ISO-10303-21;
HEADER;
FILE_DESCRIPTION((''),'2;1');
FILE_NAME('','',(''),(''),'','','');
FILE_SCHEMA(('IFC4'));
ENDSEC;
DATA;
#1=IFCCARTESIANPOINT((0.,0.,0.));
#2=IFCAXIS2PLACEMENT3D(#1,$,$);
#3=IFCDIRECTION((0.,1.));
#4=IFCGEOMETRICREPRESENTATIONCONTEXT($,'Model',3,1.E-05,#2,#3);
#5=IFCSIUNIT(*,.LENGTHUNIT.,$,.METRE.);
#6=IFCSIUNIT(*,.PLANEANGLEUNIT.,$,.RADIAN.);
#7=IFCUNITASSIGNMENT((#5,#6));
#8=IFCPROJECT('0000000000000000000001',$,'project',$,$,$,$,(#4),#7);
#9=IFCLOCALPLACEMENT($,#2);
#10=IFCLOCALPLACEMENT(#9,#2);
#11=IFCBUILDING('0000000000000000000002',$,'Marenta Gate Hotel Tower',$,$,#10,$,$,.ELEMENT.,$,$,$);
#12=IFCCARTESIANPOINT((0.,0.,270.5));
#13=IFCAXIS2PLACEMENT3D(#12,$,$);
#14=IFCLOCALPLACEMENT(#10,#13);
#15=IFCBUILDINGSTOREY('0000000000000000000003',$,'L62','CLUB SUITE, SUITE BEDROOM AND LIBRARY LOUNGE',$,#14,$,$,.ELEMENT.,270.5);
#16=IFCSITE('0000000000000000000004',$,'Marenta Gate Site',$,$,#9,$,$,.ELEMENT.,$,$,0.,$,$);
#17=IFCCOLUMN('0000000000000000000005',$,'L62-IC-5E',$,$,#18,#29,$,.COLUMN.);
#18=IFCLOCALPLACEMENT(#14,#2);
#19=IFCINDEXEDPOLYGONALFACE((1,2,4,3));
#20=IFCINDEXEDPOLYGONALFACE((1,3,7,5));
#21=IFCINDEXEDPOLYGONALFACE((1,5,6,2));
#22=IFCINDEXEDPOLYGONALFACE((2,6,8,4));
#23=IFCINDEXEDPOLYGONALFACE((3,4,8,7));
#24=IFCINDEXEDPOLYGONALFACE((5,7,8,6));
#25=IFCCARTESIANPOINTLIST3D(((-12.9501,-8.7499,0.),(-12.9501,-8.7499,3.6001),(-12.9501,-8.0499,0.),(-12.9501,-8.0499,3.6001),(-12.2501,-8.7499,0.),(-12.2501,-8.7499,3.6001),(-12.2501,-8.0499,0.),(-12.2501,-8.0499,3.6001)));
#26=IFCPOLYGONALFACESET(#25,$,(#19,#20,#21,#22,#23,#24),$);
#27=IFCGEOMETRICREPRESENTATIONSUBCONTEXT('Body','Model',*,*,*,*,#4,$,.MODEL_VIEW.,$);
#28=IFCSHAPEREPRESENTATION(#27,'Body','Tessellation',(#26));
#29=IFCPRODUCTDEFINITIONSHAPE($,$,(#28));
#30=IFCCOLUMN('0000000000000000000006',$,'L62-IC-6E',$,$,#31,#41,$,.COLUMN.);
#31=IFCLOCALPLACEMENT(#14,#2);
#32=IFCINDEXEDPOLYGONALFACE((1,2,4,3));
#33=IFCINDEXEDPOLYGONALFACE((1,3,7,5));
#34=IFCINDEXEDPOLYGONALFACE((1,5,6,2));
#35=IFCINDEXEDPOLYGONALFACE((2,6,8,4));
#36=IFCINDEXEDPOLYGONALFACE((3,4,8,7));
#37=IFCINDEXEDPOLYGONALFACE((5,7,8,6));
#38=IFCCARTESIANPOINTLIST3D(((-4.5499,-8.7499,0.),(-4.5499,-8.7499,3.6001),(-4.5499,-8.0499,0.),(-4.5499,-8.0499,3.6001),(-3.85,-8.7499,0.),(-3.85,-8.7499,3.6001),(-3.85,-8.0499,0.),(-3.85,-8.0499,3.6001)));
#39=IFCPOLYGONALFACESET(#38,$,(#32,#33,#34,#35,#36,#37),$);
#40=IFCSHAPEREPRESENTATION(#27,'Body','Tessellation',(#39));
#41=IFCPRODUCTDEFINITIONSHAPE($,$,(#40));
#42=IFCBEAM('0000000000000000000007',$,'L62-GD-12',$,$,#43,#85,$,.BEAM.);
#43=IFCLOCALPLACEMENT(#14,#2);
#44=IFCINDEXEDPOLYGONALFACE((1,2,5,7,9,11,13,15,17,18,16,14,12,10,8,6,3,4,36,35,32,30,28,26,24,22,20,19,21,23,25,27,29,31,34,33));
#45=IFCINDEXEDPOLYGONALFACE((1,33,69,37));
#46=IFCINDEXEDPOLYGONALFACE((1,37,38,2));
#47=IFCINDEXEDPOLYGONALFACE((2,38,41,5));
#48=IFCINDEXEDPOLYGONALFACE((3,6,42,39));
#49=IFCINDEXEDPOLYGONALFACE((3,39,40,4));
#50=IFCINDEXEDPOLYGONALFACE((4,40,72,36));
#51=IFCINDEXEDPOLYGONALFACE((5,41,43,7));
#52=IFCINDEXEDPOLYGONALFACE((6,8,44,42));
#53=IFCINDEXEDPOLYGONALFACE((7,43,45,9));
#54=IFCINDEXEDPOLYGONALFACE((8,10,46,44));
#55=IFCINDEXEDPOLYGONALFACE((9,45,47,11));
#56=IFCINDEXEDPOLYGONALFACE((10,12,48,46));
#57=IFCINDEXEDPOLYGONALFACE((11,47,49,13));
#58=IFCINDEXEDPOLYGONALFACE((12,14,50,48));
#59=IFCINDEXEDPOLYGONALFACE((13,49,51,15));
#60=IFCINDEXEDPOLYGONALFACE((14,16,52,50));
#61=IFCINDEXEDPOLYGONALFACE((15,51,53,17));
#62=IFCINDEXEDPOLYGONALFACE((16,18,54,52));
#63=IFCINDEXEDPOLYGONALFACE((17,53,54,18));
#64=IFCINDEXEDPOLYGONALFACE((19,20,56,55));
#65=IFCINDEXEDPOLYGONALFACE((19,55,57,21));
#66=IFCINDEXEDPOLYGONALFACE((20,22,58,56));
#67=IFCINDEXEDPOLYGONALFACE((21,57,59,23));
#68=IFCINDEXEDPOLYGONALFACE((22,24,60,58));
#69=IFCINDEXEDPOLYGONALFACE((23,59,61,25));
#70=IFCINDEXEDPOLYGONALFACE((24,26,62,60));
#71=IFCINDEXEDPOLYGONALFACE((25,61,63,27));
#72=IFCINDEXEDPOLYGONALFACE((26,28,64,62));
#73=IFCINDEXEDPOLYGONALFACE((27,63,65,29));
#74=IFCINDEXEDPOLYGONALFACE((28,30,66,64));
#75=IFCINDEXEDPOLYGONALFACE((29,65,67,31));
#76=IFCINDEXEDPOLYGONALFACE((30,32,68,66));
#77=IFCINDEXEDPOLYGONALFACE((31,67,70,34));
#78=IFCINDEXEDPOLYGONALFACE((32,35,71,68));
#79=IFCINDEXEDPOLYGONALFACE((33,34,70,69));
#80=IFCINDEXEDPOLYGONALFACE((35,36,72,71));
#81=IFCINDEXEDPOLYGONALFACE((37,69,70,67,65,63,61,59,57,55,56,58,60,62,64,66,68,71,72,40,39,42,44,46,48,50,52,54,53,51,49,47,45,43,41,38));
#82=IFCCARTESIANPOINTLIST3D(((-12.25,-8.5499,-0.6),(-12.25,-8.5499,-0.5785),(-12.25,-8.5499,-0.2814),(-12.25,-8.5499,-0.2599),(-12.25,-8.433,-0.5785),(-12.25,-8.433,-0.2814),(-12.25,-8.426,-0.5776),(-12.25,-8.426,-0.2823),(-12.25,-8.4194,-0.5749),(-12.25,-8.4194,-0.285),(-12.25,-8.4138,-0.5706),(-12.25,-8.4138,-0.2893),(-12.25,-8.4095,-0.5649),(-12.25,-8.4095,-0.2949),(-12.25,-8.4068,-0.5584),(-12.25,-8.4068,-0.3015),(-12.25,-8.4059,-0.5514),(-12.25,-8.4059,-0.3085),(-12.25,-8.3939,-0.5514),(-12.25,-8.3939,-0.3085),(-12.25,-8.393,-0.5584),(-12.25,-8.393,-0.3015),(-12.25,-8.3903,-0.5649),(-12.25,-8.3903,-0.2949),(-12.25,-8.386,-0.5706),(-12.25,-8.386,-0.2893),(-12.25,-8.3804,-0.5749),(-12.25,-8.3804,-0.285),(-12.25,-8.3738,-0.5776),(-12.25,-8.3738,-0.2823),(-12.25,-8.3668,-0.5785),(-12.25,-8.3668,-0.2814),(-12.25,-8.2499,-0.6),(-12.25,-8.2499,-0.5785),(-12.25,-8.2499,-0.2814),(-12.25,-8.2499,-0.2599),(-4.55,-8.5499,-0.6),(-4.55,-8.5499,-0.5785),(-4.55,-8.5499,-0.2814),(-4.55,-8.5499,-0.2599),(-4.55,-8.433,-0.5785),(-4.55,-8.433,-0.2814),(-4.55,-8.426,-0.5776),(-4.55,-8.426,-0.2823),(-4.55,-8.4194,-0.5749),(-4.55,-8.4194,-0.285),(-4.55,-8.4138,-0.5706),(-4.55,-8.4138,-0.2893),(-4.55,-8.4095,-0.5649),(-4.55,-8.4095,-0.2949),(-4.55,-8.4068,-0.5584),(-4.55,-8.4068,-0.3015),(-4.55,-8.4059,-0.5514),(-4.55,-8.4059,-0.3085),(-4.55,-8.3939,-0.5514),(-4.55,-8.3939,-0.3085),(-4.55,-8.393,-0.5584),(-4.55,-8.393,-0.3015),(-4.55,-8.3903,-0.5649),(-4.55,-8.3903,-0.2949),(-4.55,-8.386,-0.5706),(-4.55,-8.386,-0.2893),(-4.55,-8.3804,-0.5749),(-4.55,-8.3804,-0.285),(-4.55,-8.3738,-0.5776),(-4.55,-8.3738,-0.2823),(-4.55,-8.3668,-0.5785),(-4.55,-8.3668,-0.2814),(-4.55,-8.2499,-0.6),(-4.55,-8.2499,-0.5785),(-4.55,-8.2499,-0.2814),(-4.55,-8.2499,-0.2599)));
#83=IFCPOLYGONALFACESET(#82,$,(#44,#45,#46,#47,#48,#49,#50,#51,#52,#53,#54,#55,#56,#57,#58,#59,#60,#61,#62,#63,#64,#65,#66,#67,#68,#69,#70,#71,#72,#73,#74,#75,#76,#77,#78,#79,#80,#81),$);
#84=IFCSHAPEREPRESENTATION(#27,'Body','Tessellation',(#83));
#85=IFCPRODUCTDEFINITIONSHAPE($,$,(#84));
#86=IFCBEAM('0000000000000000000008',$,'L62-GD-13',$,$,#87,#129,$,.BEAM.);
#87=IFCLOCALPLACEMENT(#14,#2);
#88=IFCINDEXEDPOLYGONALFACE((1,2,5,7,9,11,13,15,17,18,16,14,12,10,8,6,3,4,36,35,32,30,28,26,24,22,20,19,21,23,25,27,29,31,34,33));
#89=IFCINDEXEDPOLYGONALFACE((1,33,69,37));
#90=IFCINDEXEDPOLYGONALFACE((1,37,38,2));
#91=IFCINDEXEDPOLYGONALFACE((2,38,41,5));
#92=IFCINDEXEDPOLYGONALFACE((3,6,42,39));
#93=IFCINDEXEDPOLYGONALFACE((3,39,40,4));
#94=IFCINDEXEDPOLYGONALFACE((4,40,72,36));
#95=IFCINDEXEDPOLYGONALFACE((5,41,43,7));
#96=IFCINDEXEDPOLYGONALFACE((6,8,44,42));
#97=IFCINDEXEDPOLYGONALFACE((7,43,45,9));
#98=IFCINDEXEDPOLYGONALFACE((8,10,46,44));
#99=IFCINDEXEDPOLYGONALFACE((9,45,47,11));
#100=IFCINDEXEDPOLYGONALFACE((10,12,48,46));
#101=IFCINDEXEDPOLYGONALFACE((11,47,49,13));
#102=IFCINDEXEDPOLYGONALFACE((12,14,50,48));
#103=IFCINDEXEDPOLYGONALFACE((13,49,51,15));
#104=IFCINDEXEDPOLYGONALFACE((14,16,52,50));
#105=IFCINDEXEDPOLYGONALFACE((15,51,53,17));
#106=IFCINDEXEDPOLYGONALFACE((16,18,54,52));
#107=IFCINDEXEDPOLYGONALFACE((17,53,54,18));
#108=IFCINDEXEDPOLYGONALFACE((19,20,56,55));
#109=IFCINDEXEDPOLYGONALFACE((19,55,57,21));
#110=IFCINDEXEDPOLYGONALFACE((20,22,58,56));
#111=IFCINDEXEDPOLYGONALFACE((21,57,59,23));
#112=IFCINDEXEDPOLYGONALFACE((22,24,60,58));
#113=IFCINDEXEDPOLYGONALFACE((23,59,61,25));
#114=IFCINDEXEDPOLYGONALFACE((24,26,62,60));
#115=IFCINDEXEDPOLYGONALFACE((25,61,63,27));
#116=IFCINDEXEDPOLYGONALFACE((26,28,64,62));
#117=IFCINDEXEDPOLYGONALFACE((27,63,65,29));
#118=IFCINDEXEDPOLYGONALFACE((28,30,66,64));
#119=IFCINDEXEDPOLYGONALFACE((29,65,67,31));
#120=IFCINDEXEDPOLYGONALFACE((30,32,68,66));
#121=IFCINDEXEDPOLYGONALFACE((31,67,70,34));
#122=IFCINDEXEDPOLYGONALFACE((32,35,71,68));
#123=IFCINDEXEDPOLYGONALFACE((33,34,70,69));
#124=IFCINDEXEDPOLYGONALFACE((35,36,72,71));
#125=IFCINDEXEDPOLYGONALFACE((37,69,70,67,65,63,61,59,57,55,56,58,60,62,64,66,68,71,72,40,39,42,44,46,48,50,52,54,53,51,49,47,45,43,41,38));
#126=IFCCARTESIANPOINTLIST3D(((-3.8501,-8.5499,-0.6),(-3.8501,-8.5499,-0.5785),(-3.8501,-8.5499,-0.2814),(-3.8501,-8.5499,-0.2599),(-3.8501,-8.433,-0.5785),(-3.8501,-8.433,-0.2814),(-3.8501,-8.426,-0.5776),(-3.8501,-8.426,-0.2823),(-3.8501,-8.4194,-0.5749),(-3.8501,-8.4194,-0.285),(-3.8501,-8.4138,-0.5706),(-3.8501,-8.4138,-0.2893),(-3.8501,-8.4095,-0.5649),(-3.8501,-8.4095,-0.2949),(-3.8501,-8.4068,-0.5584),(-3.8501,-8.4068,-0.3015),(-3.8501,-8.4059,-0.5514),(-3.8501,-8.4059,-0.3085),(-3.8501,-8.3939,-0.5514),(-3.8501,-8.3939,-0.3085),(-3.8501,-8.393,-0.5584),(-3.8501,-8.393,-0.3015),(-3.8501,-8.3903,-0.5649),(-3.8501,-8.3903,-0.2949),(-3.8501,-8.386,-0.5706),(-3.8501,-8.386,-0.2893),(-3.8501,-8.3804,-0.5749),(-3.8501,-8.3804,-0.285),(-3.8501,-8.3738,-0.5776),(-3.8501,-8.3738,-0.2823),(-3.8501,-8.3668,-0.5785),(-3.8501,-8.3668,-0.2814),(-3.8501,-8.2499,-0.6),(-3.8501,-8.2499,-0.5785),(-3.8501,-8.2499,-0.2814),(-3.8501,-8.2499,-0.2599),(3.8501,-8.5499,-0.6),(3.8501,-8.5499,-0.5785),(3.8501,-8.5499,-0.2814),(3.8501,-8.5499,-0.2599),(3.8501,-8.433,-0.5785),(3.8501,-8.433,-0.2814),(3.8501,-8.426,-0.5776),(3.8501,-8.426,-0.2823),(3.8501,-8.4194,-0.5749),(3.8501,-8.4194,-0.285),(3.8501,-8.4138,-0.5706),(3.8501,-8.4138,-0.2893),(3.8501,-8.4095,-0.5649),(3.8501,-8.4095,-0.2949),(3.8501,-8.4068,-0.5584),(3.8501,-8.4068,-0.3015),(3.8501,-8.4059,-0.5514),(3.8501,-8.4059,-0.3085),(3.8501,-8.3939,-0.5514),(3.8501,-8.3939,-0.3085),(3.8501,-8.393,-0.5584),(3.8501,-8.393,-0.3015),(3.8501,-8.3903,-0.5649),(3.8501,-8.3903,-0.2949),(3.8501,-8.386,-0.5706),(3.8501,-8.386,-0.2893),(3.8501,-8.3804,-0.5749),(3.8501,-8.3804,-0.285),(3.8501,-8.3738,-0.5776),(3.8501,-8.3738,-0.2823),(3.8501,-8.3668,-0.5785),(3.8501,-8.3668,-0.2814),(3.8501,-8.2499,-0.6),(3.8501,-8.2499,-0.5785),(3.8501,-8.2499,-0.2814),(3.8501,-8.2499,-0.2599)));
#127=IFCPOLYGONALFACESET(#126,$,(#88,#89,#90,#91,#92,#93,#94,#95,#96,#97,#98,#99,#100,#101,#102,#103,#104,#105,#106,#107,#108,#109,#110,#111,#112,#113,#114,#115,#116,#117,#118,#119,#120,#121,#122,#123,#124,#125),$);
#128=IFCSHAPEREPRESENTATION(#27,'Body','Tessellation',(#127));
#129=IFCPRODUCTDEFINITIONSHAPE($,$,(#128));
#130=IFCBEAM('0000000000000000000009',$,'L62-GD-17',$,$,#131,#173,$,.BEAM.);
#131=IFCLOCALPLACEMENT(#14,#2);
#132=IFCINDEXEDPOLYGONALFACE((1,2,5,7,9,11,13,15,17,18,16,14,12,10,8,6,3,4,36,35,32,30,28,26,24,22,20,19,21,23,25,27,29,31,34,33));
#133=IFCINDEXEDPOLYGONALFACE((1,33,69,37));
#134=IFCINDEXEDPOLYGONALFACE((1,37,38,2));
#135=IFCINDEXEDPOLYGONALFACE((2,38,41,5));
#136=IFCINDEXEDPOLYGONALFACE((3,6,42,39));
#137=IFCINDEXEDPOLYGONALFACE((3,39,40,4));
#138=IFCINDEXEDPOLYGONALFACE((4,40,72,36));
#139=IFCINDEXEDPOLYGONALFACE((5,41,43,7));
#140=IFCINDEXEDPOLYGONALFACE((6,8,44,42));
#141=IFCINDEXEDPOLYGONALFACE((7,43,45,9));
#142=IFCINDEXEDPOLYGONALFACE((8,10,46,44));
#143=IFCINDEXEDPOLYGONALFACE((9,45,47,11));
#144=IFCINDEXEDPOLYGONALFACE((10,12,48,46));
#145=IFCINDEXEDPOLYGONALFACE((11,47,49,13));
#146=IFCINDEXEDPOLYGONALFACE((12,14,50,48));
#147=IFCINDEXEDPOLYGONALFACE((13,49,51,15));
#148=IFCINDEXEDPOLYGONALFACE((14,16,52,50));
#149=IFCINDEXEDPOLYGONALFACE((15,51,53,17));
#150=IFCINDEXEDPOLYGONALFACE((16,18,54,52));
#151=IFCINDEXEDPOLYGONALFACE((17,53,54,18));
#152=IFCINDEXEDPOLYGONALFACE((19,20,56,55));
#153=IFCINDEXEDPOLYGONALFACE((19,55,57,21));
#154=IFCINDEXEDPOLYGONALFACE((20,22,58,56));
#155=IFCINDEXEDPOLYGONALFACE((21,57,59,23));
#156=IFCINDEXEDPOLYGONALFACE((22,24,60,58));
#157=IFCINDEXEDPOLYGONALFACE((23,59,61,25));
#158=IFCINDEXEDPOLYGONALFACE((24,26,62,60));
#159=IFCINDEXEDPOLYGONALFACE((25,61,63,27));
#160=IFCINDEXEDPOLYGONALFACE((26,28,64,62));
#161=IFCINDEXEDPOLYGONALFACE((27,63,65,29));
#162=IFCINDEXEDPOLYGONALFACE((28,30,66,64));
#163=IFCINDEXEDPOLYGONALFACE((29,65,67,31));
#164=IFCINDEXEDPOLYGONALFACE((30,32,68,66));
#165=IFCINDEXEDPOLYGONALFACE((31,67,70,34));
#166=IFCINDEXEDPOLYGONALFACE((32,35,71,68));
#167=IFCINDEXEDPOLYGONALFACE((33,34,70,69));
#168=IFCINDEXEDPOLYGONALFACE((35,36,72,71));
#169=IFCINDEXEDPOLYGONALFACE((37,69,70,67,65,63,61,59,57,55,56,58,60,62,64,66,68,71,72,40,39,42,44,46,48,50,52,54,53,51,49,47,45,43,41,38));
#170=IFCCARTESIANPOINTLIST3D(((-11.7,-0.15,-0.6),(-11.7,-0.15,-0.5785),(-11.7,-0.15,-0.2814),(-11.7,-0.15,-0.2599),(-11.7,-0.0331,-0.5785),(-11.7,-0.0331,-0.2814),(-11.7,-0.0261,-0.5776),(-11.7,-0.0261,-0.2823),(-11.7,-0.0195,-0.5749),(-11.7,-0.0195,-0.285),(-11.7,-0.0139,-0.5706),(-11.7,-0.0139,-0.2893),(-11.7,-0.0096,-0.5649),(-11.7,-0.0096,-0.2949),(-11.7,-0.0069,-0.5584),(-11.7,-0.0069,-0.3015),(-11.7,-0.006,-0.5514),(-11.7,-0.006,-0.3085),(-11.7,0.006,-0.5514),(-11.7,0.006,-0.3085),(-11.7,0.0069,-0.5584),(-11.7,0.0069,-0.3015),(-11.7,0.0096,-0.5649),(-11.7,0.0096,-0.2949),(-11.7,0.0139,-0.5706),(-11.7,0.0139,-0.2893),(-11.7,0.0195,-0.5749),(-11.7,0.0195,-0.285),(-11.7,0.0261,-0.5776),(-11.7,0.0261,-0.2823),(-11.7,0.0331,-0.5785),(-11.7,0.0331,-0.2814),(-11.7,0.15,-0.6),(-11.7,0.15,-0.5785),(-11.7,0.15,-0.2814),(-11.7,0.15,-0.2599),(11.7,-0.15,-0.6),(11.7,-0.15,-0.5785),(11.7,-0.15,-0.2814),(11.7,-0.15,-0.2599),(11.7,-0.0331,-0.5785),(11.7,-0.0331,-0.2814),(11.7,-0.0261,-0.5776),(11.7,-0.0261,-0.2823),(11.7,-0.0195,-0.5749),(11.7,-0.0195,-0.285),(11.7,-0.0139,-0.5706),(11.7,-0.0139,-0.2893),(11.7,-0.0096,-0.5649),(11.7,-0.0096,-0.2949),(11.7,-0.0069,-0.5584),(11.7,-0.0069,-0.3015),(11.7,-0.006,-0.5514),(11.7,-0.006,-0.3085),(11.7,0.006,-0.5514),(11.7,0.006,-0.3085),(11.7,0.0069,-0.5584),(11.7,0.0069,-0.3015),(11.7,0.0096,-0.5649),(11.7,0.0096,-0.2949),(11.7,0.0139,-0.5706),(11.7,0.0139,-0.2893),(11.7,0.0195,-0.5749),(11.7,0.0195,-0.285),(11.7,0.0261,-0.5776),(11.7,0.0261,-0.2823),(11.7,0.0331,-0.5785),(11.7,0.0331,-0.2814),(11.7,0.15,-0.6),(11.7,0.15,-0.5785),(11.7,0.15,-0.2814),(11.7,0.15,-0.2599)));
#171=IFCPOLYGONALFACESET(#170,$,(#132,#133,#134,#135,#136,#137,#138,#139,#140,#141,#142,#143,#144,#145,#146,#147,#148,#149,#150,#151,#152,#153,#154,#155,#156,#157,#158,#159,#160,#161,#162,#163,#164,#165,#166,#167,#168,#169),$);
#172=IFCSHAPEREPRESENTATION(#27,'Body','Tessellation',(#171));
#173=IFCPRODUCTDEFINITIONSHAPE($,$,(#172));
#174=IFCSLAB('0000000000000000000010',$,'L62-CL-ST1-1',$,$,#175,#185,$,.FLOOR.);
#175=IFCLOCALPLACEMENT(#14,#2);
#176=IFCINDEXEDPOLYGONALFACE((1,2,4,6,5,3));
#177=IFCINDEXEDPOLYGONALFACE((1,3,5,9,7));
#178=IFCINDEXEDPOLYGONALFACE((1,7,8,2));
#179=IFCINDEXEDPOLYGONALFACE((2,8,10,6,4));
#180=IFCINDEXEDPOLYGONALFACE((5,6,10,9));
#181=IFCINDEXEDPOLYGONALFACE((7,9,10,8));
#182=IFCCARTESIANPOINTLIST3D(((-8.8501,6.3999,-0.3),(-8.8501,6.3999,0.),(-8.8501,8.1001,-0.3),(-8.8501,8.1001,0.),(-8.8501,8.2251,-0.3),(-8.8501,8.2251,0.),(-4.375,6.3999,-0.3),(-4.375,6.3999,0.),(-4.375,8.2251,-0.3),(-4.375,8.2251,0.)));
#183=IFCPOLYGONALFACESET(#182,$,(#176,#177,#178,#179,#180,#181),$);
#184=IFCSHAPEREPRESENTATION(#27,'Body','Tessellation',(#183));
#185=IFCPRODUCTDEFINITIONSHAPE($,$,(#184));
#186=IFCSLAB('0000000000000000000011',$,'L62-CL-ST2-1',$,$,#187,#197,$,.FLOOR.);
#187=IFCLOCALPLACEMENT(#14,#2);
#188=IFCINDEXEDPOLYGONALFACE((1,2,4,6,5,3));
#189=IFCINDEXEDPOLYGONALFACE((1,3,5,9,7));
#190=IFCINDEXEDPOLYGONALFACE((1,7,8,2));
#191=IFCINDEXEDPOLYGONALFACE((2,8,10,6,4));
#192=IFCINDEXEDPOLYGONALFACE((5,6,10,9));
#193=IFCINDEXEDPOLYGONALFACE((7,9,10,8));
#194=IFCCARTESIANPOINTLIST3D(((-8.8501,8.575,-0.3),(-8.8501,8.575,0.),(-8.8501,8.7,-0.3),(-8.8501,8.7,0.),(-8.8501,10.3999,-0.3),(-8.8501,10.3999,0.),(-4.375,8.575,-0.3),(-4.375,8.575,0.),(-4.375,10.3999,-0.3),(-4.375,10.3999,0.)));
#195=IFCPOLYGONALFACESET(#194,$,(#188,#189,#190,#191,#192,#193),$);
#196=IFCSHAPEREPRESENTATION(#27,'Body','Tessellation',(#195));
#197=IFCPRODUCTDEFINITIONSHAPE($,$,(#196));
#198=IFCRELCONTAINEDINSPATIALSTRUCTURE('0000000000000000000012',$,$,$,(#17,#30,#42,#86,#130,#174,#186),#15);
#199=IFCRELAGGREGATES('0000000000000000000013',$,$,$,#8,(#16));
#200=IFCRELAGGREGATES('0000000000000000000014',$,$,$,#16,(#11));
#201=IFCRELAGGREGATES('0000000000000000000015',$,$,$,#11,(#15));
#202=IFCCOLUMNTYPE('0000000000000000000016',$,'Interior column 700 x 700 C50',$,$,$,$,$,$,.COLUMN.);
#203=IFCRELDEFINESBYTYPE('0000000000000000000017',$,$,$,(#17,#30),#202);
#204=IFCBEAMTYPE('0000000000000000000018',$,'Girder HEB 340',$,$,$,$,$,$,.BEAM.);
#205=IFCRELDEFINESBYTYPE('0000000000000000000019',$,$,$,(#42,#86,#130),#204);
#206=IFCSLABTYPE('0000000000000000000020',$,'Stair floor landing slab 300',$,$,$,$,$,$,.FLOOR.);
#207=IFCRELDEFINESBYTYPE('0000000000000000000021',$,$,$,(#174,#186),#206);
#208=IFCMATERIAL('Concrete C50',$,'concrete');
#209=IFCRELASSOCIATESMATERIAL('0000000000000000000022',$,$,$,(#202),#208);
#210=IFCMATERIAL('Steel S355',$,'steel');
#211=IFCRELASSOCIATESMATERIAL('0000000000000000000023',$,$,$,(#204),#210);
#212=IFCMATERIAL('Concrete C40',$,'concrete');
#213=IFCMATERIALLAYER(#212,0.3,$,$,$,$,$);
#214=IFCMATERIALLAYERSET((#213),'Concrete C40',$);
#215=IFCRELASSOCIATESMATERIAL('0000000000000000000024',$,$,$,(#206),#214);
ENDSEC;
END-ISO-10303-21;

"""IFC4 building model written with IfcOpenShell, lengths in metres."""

from ifc_helpers import new_model, si_unit, direction, frame, origin, origin_2d, place, context, subcontext, project, spatial, polyline, rectangle, i_section, outline, extrude, material, layer, layer_set, material_profile, profile_set, type_object, element, save


model = new_model("IFC4")

# Units and contexts
model_context = context("Model", 3, precision=1e-05, world=origin(), true_north=direction((0.0, 1.0)))
body_context = subcontext(model_context, "Body", "Model", "MODEL_VIEW")
ifc_project = project(units=[si_unit("LENGTHUNIT", "METRE"), si_unit("PLANEANGLEUNIT", "RADIAN")], contexts=[model_context])

# Site, building, storey
site_placement = place(None, origin())
site = spatial("IfcSite", under=ifc_project, at=site_placement, Name="Marenta Gate Site", CompositionType="ELEMENT", RefElevation=0.0)
building_placement = place(site_placement, origin())
building = spatial("IfcBuilding", under=site, at=building_placement, Name="Marenta Gate Hotel Tower", CompositionType="ELEMENT")
storey_placement = place(building_placement, frame((0.0, 0.0, 270.5)))
storey = spatial("IfcBuildingStorey", under=building, at=storey_placement, Name="L62", Description="CLUB SUITE, SUITE BEDROOM AND LIBRARY LOUNGE", CompositionType="ELEMENT", Elevation=270.5)

# Columns
ifc_material_1 = material(Name="Concrete C50", Category="concrete")
ifc_material_profile_1 = material_profile(ifc_material_1, rectangle(XDim=0.7, YDim=0.7, at=origin_2d()), Name="700 x 700")
ifc_profile_set_1 = profile_set([ifc_material_profile_1], Name="Concrete C50")
column_type = type_object("IfcColumnType", Name="Interior column 700 x 700 C50", PredefinedType="COLUMN", material=ifc_profile_set_1)
for number, where, z_axis, x_axis, name in (
    (1, (-12.6001, -8.3999, 0.0), (0.0, 0.0, 1.0), (1.0, 0.0, 0.0), "L62-IC-5E"),
    (2, (-4.2, -8.3999, 0.0), (0.0, 0.0, 1.0), (1.0, 0.0, 0.0), "L62-IC-6E"),
):
    element("IfcColumn", number, at=place(storey_placement, frame(where, z_axis=z_axis, x_axis=x_axis)), inside=storey, type_object=column_type, Name=name, PredefinedType="COLUMN", context=body_context, shape_type="SweptSolid", body=[
        extrude(rectangle(XDim=0.7, YDim=0.7, at=origin_2d()), origin(), (0.0, 0.0, 1.0), 3.6001),
    ])

# Beams
ifc_material_2 = material(Name="Steel S355", Category="steel")
ifc_material_profile_2 = material_profile(ifc_material_2, i_section(OverallWidth=0.3, OverallDepth=0.3401, WebThickness=0.012, FlangeThickness=0.0215, FilletRadius=0.0271, at=origin_2d()), Name="HEB 340")
ifc_profile_set_2 = profile_set([ifc_material_profile_2], Name="Steel S355")
beam_type = type_object("IfcBeamType", Name="Girder HEB 340", PredefinedType="BEAM", material=ifc_profile_set_2)
beam_1_placement = place(storey_placement, frame((-12.25, -8.3999, -0.4299), z_axis=(1.0, 0.0, 0.0), x_axis=(0.0, 1.0, 0.0)))
element("IfcBeam", 3, at=beam_1_placement, inside=storey, type_object=beam_type, Name="L62-GD-12", PredefinedType="BEAM", context=body_context, shape_type="SweptSolid", body=[
    extrude(i_section(OverallWidth=0.3, OverallDepth=0.3401, WebThickness=0.012, FlangeThickness=0.0215, FilletRadius=0.0271, at=origin_2d()), origin(), (0.0, 0.0, 1.0), 7.7),
])
beam_2_placement = place(storey_placement, frame((-3.8501, -8.3999, -0.4299), z_axis=(1.0, 0.0, 0.0), x_axis=(0.0, 1.0, 0.0)))
element("IfcBeam", 4, at=beam_2_placement, inside=storey, type_object=beam_type, Name="L62-GD-13", PredefinedType="BEAM", context=body_context, shape_type="SweptSolid", body=[
    extrude(i_section(OverallWidth=0.3, OverallDepth=0.3401, WebThickness=0.012, FlangeThickness=0.0215, FilletRadius=0.0271, at=origin_2d()), origin(), (0.0, 0.0, 1.0), 7.7002),
])
beam_3_placement = place(storey_placement, frame((-11.7, 0.0, -0.4299), z_axis=(1.0, 0.0, 0.0), x_axis=(0.0, 1.0, 0.0)))
element("IfcBeam", 5, at=beam_3_placement, inside=storey, type_object=beam_type, Name="L62-GD-17", PredefinedType="BEAM", context=body_context, shape_type="SweptSolid", body=[
    extrude(i_section(OverallWidth=0.3, OverallDepth=0.3401, WebThickness=0.012, FlangeThickness=0.0215, FilletRadius=0.0271, at=origin_2d()), origin(), (0.0, 0.0, 1.0), 23.3999),
])

# Slabs
ifc_material_3 = material(Name="Concrete C40", Category="concrete")
ifc_layer_1 = layer(ifc_material_3, 0.3)
ifc_layer_set_1 = layer_set([ifc_layer_1], Name="Concrete C40")
slab_type_1 = type_object("IfcSlabType", Name="Stair floor landing slab 300", PredefinedType="FLOOR", material=ifc_layer_set_1)
slab_1_placement = place(storey_placement, frame((0.0, 0.0, -0.3)))
element("IfcSlab", 6, at=slab_1_placement, inside=storey, type_object=slab_type_1, Name="L62-CL-ST1-1", PredefinedType="FLOOR", context=body_context, shape_type="SweptSolid", body=[
    extrude(outline(polyline([(-4.375, 6.3999), (-8.8501, 6.3999), (-8.8501, 8.1001), (-8.8501, 8.2251), (-4.375, 8.2251), (-4.375, 6.3999)])), origin(), (0.0, 0.0, 1.0), 0.3),
])
slab_2_placement = place(storey_placement, frame((0.0, 0.0, -0.3)))
element("IfcSlab", 7, at=slab_2_placement, inside=storey, type_object=slab_type_1, Name="L62-CL-ST2-1", PredefinedType="FLOOR", context=body_context, shape_type="SweptSolid", body=[
    extrude(outline(polyline([(-4.375, 8.575), (-8.8501, 8.575), (-8.8501, 8.7), (-8.8501, 10.3999), (-4.375, 10.3999), (-4.375, 8.575)])), origin(), (0.0, 0.0, 1.0), 0.3),
])

save(model, "model.ifc")
